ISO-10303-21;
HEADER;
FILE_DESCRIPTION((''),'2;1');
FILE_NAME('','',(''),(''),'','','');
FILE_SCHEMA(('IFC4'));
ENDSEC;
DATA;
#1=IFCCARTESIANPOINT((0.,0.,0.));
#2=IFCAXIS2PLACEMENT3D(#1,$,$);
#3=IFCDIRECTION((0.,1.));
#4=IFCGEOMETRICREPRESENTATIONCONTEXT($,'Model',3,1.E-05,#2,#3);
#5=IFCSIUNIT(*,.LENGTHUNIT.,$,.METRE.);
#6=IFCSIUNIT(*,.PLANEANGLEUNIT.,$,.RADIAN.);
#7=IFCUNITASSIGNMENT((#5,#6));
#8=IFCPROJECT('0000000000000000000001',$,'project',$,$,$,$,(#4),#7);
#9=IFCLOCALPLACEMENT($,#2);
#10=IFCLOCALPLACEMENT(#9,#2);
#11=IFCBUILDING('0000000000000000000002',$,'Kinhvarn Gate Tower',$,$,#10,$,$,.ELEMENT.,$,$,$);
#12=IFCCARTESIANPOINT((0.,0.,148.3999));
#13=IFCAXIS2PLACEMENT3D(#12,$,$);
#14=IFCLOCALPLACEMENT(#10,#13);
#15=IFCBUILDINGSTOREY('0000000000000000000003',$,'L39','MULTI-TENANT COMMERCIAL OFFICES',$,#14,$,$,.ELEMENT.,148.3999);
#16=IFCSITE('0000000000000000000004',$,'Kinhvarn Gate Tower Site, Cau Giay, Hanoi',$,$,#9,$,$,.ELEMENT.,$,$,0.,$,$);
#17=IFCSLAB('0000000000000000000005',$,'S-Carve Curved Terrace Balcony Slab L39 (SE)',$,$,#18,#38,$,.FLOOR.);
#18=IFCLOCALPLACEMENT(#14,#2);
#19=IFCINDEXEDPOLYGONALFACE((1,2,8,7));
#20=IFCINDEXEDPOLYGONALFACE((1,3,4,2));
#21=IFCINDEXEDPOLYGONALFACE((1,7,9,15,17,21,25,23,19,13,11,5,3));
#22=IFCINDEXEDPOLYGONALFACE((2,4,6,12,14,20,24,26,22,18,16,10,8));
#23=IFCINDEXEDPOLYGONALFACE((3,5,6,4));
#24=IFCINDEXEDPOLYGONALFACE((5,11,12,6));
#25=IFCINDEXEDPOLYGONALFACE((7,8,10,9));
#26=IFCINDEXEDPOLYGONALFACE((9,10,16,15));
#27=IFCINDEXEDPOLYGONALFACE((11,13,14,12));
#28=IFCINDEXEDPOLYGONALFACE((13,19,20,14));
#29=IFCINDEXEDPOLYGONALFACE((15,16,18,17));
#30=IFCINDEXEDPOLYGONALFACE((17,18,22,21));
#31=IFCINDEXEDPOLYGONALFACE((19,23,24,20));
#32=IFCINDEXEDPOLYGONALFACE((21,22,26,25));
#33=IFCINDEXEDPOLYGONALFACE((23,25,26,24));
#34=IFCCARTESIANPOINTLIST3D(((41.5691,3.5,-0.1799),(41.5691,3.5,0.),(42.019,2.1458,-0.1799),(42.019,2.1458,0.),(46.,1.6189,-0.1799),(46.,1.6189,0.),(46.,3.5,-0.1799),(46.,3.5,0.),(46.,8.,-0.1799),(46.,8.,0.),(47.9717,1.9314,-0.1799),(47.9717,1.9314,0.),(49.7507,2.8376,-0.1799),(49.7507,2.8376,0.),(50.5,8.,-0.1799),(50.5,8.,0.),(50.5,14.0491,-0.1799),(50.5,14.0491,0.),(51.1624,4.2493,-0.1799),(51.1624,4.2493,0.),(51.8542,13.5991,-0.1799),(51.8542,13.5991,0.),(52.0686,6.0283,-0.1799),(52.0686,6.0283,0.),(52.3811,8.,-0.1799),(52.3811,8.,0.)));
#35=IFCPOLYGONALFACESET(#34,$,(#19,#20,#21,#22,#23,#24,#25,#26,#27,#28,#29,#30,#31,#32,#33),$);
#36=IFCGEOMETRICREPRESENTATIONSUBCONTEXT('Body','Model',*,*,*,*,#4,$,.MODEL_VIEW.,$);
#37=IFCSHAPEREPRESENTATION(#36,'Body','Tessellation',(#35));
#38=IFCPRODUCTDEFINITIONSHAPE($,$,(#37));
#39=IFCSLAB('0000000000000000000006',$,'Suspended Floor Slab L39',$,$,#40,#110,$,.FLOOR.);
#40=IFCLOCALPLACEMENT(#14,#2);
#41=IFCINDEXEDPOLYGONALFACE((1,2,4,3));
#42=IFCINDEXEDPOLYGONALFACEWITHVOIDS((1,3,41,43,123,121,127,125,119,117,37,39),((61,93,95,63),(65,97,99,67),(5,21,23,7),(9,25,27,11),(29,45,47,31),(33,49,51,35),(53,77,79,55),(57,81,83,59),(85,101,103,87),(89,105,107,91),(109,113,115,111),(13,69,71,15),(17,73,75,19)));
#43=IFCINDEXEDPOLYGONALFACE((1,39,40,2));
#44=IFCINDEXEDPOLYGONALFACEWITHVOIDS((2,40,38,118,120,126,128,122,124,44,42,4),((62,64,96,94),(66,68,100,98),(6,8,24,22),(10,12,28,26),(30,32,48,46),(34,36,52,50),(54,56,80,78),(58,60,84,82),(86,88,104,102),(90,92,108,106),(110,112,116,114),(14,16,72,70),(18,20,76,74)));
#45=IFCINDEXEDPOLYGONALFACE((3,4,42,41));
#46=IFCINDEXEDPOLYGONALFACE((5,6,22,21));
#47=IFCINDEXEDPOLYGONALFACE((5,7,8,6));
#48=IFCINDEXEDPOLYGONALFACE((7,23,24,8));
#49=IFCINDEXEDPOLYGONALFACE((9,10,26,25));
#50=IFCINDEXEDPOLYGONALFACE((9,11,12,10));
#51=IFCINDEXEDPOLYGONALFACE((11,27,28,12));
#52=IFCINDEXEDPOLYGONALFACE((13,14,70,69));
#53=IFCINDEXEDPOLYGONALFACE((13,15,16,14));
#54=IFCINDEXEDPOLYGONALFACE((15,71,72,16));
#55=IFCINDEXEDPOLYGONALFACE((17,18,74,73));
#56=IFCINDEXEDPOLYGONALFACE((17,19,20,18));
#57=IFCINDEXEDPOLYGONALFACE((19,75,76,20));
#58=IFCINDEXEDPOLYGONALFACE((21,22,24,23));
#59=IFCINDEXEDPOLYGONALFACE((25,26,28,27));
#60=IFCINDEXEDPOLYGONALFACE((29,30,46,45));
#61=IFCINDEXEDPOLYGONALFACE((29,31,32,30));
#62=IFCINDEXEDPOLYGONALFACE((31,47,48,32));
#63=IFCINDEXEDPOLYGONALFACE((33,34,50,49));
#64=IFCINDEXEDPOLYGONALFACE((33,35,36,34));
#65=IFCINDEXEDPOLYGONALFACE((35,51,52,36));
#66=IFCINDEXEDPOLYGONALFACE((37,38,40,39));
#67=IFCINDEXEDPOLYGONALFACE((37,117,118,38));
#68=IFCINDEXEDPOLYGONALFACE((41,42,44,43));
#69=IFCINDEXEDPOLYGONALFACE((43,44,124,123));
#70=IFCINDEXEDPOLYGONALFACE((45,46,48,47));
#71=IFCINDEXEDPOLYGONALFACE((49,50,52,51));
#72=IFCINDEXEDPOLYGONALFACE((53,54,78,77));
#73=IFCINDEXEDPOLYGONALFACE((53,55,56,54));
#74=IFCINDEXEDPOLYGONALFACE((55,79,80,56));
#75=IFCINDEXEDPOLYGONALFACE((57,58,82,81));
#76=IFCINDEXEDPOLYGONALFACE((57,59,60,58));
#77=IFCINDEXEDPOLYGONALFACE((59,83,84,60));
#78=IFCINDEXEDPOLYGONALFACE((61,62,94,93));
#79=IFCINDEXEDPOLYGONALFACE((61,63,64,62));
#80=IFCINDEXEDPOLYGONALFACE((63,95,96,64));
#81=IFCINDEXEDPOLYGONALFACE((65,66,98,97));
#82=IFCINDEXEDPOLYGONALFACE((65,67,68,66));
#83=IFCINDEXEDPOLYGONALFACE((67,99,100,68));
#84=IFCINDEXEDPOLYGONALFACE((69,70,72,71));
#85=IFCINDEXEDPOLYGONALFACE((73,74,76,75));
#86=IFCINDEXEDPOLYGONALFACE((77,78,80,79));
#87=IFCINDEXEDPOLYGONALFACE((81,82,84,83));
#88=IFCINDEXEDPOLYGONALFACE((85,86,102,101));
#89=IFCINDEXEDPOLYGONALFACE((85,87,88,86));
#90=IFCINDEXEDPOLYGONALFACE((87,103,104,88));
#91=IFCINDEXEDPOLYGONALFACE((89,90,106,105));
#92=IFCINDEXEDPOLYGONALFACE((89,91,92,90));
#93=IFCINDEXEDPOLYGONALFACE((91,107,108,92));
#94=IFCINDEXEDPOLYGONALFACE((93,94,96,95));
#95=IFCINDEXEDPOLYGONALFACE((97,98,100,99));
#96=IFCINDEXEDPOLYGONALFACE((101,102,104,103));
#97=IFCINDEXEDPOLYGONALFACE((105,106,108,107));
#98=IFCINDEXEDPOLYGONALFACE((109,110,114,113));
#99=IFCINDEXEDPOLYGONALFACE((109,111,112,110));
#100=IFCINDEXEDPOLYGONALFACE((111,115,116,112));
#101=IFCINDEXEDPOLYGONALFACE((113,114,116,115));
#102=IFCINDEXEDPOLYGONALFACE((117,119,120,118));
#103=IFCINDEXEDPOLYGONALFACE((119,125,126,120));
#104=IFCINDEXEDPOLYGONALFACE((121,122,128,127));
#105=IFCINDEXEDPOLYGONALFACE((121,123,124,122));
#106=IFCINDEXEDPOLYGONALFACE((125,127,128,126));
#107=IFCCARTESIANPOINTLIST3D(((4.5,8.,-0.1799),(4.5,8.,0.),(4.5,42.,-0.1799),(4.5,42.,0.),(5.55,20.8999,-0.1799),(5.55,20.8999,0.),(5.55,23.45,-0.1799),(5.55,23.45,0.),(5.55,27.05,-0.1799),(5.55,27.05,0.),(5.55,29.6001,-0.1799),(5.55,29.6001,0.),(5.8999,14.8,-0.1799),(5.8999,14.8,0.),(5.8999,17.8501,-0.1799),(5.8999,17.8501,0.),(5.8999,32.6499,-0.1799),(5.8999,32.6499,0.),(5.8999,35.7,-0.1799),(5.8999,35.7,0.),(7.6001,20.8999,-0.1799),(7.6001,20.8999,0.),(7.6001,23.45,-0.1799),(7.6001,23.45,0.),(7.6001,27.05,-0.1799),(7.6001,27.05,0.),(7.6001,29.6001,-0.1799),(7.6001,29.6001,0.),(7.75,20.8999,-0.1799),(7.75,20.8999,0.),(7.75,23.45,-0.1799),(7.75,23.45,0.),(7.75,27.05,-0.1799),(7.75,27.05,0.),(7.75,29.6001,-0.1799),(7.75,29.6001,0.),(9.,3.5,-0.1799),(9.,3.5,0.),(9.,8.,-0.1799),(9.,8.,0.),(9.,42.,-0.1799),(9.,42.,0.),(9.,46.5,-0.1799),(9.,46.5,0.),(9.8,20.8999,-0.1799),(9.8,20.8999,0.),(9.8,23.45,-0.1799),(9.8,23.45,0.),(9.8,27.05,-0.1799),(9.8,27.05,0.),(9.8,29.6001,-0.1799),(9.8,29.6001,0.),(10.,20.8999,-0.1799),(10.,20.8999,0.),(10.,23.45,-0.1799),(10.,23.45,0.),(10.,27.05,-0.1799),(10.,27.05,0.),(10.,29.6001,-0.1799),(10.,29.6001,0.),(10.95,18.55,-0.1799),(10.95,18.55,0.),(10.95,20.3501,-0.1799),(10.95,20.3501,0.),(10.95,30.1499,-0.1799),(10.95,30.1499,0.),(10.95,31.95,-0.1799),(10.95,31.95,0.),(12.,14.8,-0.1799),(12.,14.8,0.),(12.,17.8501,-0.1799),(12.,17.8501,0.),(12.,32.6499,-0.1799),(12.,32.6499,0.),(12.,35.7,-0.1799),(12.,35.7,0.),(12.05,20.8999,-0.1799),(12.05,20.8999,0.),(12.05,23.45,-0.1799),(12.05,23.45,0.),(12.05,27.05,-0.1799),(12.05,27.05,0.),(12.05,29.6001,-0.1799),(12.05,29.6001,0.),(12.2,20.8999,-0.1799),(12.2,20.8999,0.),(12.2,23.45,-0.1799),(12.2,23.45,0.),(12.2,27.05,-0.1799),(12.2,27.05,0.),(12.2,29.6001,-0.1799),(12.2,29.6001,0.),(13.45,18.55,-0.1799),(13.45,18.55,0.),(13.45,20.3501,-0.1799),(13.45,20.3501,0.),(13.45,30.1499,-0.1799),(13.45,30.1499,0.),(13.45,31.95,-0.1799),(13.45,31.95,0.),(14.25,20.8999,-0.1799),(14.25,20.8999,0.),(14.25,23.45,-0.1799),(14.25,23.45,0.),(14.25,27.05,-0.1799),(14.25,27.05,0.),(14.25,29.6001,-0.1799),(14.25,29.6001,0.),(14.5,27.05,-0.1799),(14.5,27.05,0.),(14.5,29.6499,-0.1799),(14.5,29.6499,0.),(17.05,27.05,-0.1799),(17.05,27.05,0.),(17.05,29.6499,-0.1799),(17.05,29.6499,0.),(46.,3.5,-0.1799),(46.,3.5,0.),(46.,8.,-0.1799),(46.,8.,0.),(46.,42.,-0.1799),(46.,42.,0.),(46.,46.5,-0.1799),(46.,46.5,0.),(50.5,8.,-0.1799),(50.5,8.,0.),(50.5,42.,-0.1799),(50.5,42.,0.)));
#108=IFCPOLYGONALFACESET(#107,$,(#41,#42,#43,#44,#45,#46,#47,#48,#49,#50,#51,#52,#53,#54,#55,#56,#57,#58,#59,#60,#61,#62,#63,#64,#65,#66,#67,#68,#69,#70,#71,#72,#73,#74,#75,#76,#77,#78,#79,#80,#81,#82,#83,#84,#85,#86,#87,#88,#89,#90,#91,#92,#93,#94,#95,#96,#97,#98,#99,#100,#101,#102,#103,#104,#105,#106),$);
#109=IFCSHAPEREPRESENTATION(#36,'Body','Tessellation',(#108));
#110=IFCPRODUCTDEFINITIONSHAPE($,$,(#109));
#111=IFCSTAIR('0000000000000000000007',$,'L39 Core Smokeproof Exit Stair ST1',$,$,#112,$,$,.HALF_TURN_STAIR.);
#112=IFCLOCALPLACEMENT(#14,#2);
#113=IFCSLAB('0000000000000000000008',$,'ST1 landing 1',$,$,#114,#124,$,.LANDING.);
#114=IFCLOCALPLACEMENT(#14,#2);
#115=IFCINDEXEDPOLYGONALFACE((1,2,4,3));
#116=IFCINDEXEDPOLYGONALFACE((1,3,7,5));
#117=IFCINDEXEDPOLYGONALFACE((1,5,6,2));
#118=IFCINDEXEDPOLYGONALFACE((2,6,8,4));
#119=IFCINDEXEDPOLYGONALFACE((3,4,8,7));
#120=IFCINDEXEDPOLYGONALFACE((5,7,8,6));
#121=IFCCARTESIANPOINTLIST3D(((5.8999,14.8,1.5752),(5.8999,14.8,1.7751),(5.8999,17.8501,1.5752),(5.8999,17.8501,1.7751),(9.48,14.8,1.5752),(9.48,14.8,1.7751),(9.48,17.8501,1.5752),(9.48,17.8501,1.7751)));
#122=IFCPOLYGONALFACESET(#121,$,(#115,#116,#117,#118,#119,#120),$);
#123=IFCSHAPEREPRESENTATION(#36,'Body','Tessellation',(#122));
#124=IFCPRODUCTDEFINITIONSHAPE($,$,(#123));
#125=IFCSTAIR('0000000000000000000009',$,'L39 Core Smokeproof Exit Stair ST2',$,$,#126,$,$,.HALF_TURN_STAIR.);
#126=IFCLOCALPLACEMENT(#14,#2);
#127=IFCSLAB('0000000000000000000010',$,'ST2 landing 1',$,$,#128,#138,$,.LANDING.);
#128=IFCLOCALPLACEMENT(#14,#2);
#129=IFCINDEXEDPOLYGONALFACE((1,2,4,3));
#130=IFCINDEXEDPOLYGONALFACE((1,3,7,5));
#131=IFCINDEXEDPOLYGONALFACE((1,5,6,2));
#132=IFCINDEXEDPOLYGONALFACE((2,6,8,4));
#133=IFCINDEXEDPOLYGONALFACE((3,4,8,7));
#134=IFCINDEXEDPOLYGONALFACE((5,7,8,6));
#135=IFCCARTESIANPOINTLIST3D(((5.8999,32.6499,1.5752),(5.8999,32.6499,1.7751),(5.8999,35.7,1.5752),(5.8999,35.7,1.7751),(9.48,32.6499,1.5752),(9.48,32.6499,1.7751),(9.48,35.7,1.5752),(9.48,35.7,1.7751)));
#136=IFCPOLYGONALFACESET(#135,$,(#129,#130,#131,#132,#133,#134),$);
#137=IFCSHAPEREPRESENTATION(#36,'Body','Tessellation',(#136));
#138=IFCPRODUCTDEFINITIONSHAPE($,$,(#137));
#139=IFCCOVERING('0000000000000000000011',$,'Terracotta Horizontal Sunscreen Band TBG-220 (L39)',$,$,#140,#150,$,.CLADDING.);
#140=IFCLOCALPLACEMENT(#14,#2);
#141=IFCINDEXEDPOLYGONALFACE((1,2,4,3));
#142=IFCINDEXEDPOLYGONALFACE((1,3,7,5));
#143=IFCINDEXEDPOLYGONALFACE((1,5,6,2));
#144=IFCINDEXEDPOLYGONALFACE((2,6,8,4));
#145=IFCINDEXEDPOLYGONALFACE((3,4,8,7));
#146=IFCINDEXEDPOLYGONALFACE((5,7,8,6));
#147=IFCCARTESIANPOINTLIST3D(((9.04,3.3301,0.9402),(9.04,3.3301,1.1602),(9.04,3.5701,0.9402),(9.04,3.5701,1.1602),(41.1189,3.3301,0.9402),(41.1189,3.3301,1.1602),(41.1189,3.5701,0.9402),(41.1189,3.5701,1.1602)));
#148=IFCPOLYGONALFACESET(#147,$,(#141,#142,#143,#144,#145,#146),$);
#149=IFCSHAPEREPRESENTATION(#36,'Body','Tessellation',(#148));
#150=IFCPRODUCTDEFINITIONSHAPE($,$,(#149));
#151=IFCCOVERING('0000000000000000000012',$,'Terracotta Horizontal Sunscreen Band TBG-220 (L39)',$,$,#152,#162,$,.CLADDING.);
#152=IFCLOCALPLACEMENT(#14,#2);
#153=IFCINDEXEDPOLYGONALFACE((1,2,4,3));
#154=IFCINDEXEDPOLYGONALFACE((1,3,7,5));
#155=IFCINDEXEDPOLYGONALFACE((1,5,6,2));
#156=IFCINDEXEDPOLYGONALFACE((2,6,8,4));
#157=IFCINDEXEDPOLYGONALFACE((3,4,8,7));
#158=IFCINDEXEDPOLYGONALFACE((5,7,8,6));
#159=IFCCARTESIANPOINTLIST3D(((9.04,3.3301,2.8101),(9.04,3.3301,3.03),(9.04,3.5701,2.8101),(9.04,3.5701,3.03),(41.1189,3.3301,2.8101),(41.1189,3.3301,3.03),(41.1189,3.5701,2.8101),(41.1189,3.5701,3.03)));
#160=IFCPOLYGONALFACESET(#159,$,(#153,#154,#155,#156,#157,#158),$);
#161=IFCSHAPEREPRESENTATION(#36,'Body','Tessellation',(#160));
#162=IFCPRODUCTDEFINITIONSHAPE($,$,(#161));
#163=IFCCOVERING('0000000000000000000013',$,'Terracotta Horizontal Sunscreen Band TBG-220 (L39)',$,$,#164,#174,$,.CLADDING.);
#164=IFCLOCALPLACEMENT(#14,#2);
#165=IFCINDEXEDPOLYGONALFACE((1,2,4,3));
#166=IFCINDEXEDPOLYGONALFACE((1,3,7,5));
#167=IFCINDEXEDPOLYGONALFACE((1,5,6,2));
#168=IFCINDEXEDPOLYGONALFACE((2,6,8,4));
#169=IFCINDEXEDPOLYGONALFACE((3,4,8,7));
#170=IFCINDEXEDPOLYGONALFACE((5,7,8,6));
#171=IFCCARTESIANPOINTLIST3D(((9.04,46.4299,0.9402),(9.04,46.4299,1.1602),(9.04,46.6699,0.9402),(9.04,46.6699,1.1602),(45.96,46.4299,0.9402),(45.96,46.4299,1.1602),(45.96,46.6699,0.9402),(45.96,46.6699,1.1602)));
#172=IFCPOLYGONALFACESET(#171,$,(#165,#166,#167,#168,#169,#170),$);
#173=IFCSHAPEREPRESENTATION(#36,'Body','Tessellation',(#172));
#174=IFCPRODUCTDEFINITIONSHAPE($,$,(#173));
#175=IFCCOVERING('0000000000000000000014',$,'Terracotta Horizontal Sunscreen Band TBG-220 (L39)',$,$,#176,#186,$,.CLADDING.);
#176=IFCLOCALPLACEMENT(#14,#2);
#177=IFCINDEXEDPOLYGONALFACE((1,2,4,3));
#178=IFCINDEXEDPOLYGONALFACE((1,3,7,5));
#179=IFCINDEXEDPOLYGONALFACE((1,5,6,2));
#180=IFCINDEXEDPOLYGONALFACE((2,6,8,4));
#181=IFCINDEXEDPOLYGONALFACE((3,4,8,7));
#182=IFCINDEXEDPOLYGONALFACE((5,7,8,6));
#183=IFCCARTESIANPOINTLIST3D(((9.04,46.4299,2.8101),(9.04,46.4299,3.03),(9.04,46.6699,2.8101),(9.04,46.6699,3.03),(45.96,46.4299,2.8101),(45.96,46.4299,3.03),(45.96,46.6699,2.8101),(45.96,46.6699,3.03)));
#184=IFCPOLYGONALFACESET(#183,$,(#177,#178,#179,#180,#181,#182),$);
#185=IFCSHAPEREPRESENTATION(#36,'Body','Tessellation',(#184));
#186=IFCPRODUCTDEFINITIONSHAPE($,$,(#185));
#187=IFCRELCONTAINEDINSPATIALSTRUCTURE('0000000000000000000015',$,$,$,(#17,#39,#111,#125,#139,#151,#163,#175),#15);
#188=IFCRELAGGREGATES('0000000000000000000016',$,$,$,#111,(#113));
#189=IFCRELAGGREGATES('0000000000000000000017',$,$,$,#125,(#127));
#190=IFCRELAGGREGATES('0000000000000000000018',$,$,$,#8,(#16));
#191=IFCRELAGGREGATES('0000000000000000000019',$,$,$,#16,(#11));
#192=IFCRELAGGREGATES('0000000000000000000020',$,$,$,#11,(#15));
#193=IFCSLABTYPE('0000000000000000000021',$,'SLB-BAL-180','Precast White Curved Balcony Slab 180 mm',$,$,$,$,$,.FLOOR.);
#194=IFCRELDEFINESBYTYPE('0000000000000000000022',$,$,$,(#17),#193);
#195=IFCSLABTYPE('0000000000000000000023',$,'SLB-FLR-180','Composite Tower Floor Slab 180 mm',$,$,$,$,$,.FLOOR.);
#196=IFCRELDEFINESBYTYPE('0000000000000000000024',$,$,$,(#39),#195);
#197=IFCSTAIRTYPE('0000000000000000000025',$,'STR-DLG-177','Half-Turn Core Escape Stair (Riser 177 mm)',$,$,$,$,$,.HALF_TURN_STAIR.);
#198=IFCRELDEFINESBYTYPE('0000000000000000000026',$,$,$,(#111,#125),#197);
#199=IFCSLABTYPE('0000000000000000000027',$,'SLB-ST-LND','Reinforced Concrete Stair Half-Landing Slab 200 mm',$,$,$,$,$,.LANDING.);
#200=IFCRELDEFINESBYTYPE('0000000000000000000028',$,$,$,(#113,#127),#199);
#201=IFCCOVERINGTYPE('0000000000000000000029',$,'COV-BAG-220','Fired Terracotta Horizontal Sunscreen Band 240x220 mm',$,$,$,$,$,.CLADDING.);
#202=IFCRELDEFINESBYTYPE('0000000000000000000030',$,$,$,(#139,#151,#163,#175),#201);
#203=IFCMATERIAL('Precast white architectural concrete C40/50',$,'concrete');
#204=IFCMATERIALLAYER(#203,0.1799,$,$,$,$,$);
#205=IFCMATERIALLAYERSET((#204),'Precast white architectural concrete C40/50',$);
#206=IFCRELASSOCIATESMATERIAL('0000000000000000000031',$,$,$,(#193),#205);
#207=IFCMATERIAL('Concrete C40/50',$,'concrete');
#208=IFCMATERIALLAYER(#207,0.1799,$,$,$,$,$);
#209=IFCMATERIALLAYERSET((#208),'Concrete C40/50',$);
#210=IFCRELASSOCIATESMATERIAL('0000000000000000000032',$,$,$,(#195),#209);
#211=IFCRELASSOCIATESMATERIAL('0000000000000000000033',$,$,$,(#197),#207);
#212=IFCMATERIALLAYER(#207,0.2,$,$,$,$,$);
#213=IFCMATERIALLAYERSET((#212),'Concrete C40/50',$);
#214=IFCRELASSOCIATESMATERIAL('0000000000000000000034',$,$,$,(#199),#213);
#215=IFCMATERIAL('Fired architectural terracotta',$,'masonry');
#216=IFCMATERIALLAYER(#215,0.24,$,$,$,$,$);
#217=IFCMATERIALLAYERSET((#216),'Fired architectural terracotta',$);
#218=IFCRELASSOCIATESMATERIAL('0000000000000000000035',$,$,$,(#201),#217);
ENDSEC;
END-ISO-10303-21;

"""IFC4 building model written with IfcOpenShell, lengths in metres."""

from ifc_helpers import new_model, si_unit, direction, frame, origin, place, context, subcontext, project, spatial, polyline, outline, extrude, material, layer, layer_set, type_object, element, aggregate, save


model = new_model("IFC4")

# Units and contexts
model_context = context("Model", 3, precision=1e-05, world=origin(), true_north=direction((0.0, 1.0)))
body_context = subcontext(model_context, "Body", "Model", "MODEL_VIEW")
ifc_project = project(units=[si_unit("LENGTHUNIT", "METRE"), si_unit("PLANEANGLEUNIT", "RADIAN")], contexts=[model_context])

# Site, building, storey
site_placement = place(None, origin())
site = spatial("IfcSite", under=ifc_project, at=site_placement, Name="Kinhvarn Gate Tower Site, Cau Giay, Hanoi", CompositionType="ELEMENT", RefElevation=0.0)
building_placement = place(site_placement, origin())
building = spatial("IfcBuilding", under=site, at=building_placement, Name="Kinhvarn Gate Tower", CompositionType="ELEMENT")
storey_placement = place(building_placement, frame((0.0, 0.0, 148.3999)))
storey = spatial("IfcBuildingStorey", under=building, at=storey_placement, Name="L39", Description="MULTI-TENANT COMMERCIAL OFFICES", CompositionType="ELEMENT", Elevation=148.3999)

# Slabs
ifc_material_1 = material(Name="Precast white architectural concrete C40/50", Category="concrete")
ifc_layer_1 = layer(ifc_material_1, 0.1799)
ifc_layer_set_1 = layer_set([ifc_layer_1], Name="Precast white architectural concrete C40/50")
slab_type_1 = type_object("IfcSlabType", Name="SLB-BAL-180", Description="Precast White Curved Balcony Slab 180 mm", PredefinedType="FLOOR", material=ifc_layer_set_1)
slab_1_placement = place(storey_placement, frame((0.0, 0.0, -0.1799)))
element("IfcSlab", 1, at=slab_1_placement, inside=storey, type_object=slab_type_1, Name="S-Carve Curved Terrace Balcony Slab L39 (SE)", PredefinedType="FLOOR", context=body_context, shape_type="SweptSolid", body=[
    extrude(outline(polyline([(41.5691, 3.5), (42.019, 2.1458), (46.0, 1.6189), (47.9717, 1.9314), (49.7507, 2.8376), (51.1624, 4.2493), (52.0686, 6.0283), (52.3811, 8.0), (51.8542, 13.5991), (50.5, 14.0491), (50.5, 8.0), (46.0, 8.0), (46.0, 3.5), (41.5691, 3.5)])), origin(), (0.0, 0.0, 1.0), 0.1799),
])
ifc_material_2 = material(Name="Concrete C40/50", Category="concrete")
ifc_layer_2 = layer(ifc_material_2, 0.1799)
ifc_layer_set_2 = layer_set([ifc_layer_2], Name="Concrete C40/50")
slab_type_2 = type_object("IfcSlabType", Name="SLB-FLR-180", Description="Composite Tower Floor Slab 180 mm", PredefinedType="FLOOR", material=ifc_layer_set_2)
slab_2_placement = place(storey_placement, frame((0.0, 0.0, -0.1799)))
element("IfcSlab", 2, at=slab_2_placement, inside=storey, type_object=slab_type_2, Name="Suspended Floor Slab L39", PredefinedType="FLOOR", context=body_context, shape_type="SweptSolid", body=[
    extrude(outline(polyline([(9.0, 3.5), (46.0, 3.5), (46.0, 8.0), (50.5, 8.0), (50.5, 42.0), (46.0, 42.0), (46.0, 46.5), (9.0, 46.5), (9.0, 42.0), (4.5, 42.0), (4.5, 8.0), (9.0, 8.0), (9.0, 3.5)]), holes=[polyline([(5.8999, 14.8), (12.0, 14.8), (12.0, 17.8501), (5.8999, 17.8501), (5.8999, 14.8)]), polyline([(5.8999, 32.6499), (12.0, 32.6499), (12.0, 35.7), (5.8999, 35.7), (5.8999, 32.6499)]), polyline([(5.55, 20.8999), (7.6001, 20.8999), (7.6001, 23.45), (5.55, 23.45), (5.55, 20.8999)]), polyline([(7.75, 20.8999), (9.8, 20.8999), (9.8, 23.45), (7.75, 23.45), (7.75, 20.8999)]), polyline([(5.55, 27.05), (7.6001, 27.05), (7.6001, 29.6001), (5.55, 29.6001), (5.55, 27.05)]), polyline([(7.75, 27.05), (9.8, 27.05), (9.8, 29.6001), (7.75, 29.6001), (7.75, 27.05)]), polyline([(10.0, 20.8999), (12.05, 20.8999), (12.05, 23.45), (10.0, 23.45), (10.0, 20.8999)]), polyline([(12.2, 20.8999), (14.25, 20.8999), (14.25, 23.45), (12.2, 23.45), (12.2, 20.8999)]), polyline([(10.0, 27.05), (12.05, 27.05), (12.05, 29.6001), (10.0, 29.6001), (10.0, 27.05)]), polyline([(12.2, 27.05), (14.25, 27.05), (14.25, 29.6001), (12.2, 29.6001), (12.2, 27.05)]), polyline([(14.5, 27.05), (17.05, 27.05), (17.05, 29.6499), (14.5, 29.6499), (14.5, 27.05)]), polyline([(10.95, 18.55), (13.45, 18.55), (13.45, 20.3501), (10.95, 20.3501), (10.95, 18.55)]), polyline([(10.95, 30.1499), (13.45, 30.1499), (13.45, 31.95), (10.95, 31.95), (10.95, 30.1499)])]), origin(), (0.0, 0.0, 1.0), 0.1799),
])

# Stairs, slabs
stair_type = type_object("IfcStairType", Name="STR-DLG-177", Description="Half-Turn Core Escape Stair (Riser 177 mm)", PredefinedType="HALF_TURN_STAIR", material=ifc_material_2)
stair_1_placement = place(storey_placement, origin())
stair_1 = element("IfcStair", 3, at=stair_1_placement, inside=storey, type_object=stair_type, Name="L39 Core Smokeproof Exit Stair ST1", PredefinedType="HALF_TURN_STAIR")
ifc_layer_3 = layer(ifc_material_2, 0.2)
ifc_layer_set_3 = layer_set([ifc_layer_3], Name="Concrete C40/50")
slab_type_3 = type_object("IfcSlabType", Name="SLB-ST-LND", Description="Reinforced Concrete Stair Half-Landing Slab 200 mm", PredefinedType="LANDING", material=ifc_layer_set_3)
slab_3_placement = place(storey_placement, frame((0.0, 0.0, 1.5752)))
slab_3 = element("IfcSlab", 4, at=slab_3_placement, type_object=slab_type_3, Name="ST1 landing 1", PredefinedType="LANDING", context=body_context, shape_type="SweptSolid", body=[
    extrude(outline(polyline([(9.48, 17.8501), (5.8999, 17.8501), (5.8999, 14.8), (9.48, 14.8), (9.48, 17.8501)])), origin(), (0.0, 0.0, 1.0), 0.2),
])
aggregate(stair_1, [slab_3])
stair_2_placement = place(storey_placement, origin())
stair_2 = element("IfcStair", 5, at=stair_2_placement, inside=storey, type_object=stair_type, Name="L39 Core Smokeproof Exit Stair ST2", PredefinedType="HALF_TURN_STAIR")
slab_4_placement = place(storey_placement, frame((0.0, 0.0, 1.5752)))
slab_4 = element("IfcSlab", 6, at=slab_4_placement, type_object=slab_type_3, Name="ST2 landing 1", PredefinedType="LANDING", context=body_context, shape_type="SweptSolid", body=[
    extrude(outline(polyline([(9.48, 35.7), (5.8999, 35.7), (5.8999, 32.6499), (9.48, 32.6499), (9.48, 35.7)])), origin(), (0.0, 0.0, 1.0), 0.2),
])
aggregate(stair_2, [slab_4])

# Coverings
ifc_material_3 = material(Name="Fired architectural terracotta", Category="masonry")
ifc_layer_4 = layer(ifc_material_3, 0.24)
ifc_layer_set_4 = layer_set([ifc_layer_4], Name="Fired architectural terracotta")
covering_type_1 = type_object("IfcCoveringType", Name="COV-BAG-220", Description="Fired Terracotta Horizontal Sunscreen Band 240x220 mm", PredefinedType="CLADDING", material=ifc_layer_set_4)
for number, where, name in (
    (7, (0.0, 0.0, 0.9402), "Terracotta Horizontal Sunscreen Band TBG-220 (L39)"),
    (8, (0.0, 0.0, 2.8101), "Terracotta Horizontal Sunscreen Band TBG-220 (L39)"),
):
    element("IfcCovering", number, at=place(storey_placement, frame(where)), inside=storey, type_object=covering_type_1, Name=name, PredefinedType="CLADDING", context=body_context, shape_type="SweptSolid", body=[
        extrude(outline(polyline([(9.04, 3.5701), (41.1189, 3.5701), (41.1189, 3.3301), (9.04, 3.3301), (9.04, 3.5701)])), origin(), (0.0, 0.0, 1.0), 0.22),
    ])
for number, where, name in (
    (9, (0.0, 0.0, 0.9402), "Terracotta Horizontal Sunscreen Band TBG-220 (L39)"),
    (10, (0.0, 0.0, 2.8101), "Terracotta Horizontal Sunscreen Band TBG-220 (L39)"),
):
    element("IfcCovering", number, at=place(storey_placement, frame(where)), inside=storey, type_object=covering_type_1, Name=name, PredefinedType="CLADDING", context=body_context, shape_type="SweptSolid", body=[
        extrude(outline(polyline([(45.96, 46.4299), (9.04, 46.4299), (9.04, 46.6699), (45.96, 46.6699), (45.96, 46.4299)])), origin(), (0.0, 0.0, 1.0), 0.22),
    ])

save(model, "model.ifc")
